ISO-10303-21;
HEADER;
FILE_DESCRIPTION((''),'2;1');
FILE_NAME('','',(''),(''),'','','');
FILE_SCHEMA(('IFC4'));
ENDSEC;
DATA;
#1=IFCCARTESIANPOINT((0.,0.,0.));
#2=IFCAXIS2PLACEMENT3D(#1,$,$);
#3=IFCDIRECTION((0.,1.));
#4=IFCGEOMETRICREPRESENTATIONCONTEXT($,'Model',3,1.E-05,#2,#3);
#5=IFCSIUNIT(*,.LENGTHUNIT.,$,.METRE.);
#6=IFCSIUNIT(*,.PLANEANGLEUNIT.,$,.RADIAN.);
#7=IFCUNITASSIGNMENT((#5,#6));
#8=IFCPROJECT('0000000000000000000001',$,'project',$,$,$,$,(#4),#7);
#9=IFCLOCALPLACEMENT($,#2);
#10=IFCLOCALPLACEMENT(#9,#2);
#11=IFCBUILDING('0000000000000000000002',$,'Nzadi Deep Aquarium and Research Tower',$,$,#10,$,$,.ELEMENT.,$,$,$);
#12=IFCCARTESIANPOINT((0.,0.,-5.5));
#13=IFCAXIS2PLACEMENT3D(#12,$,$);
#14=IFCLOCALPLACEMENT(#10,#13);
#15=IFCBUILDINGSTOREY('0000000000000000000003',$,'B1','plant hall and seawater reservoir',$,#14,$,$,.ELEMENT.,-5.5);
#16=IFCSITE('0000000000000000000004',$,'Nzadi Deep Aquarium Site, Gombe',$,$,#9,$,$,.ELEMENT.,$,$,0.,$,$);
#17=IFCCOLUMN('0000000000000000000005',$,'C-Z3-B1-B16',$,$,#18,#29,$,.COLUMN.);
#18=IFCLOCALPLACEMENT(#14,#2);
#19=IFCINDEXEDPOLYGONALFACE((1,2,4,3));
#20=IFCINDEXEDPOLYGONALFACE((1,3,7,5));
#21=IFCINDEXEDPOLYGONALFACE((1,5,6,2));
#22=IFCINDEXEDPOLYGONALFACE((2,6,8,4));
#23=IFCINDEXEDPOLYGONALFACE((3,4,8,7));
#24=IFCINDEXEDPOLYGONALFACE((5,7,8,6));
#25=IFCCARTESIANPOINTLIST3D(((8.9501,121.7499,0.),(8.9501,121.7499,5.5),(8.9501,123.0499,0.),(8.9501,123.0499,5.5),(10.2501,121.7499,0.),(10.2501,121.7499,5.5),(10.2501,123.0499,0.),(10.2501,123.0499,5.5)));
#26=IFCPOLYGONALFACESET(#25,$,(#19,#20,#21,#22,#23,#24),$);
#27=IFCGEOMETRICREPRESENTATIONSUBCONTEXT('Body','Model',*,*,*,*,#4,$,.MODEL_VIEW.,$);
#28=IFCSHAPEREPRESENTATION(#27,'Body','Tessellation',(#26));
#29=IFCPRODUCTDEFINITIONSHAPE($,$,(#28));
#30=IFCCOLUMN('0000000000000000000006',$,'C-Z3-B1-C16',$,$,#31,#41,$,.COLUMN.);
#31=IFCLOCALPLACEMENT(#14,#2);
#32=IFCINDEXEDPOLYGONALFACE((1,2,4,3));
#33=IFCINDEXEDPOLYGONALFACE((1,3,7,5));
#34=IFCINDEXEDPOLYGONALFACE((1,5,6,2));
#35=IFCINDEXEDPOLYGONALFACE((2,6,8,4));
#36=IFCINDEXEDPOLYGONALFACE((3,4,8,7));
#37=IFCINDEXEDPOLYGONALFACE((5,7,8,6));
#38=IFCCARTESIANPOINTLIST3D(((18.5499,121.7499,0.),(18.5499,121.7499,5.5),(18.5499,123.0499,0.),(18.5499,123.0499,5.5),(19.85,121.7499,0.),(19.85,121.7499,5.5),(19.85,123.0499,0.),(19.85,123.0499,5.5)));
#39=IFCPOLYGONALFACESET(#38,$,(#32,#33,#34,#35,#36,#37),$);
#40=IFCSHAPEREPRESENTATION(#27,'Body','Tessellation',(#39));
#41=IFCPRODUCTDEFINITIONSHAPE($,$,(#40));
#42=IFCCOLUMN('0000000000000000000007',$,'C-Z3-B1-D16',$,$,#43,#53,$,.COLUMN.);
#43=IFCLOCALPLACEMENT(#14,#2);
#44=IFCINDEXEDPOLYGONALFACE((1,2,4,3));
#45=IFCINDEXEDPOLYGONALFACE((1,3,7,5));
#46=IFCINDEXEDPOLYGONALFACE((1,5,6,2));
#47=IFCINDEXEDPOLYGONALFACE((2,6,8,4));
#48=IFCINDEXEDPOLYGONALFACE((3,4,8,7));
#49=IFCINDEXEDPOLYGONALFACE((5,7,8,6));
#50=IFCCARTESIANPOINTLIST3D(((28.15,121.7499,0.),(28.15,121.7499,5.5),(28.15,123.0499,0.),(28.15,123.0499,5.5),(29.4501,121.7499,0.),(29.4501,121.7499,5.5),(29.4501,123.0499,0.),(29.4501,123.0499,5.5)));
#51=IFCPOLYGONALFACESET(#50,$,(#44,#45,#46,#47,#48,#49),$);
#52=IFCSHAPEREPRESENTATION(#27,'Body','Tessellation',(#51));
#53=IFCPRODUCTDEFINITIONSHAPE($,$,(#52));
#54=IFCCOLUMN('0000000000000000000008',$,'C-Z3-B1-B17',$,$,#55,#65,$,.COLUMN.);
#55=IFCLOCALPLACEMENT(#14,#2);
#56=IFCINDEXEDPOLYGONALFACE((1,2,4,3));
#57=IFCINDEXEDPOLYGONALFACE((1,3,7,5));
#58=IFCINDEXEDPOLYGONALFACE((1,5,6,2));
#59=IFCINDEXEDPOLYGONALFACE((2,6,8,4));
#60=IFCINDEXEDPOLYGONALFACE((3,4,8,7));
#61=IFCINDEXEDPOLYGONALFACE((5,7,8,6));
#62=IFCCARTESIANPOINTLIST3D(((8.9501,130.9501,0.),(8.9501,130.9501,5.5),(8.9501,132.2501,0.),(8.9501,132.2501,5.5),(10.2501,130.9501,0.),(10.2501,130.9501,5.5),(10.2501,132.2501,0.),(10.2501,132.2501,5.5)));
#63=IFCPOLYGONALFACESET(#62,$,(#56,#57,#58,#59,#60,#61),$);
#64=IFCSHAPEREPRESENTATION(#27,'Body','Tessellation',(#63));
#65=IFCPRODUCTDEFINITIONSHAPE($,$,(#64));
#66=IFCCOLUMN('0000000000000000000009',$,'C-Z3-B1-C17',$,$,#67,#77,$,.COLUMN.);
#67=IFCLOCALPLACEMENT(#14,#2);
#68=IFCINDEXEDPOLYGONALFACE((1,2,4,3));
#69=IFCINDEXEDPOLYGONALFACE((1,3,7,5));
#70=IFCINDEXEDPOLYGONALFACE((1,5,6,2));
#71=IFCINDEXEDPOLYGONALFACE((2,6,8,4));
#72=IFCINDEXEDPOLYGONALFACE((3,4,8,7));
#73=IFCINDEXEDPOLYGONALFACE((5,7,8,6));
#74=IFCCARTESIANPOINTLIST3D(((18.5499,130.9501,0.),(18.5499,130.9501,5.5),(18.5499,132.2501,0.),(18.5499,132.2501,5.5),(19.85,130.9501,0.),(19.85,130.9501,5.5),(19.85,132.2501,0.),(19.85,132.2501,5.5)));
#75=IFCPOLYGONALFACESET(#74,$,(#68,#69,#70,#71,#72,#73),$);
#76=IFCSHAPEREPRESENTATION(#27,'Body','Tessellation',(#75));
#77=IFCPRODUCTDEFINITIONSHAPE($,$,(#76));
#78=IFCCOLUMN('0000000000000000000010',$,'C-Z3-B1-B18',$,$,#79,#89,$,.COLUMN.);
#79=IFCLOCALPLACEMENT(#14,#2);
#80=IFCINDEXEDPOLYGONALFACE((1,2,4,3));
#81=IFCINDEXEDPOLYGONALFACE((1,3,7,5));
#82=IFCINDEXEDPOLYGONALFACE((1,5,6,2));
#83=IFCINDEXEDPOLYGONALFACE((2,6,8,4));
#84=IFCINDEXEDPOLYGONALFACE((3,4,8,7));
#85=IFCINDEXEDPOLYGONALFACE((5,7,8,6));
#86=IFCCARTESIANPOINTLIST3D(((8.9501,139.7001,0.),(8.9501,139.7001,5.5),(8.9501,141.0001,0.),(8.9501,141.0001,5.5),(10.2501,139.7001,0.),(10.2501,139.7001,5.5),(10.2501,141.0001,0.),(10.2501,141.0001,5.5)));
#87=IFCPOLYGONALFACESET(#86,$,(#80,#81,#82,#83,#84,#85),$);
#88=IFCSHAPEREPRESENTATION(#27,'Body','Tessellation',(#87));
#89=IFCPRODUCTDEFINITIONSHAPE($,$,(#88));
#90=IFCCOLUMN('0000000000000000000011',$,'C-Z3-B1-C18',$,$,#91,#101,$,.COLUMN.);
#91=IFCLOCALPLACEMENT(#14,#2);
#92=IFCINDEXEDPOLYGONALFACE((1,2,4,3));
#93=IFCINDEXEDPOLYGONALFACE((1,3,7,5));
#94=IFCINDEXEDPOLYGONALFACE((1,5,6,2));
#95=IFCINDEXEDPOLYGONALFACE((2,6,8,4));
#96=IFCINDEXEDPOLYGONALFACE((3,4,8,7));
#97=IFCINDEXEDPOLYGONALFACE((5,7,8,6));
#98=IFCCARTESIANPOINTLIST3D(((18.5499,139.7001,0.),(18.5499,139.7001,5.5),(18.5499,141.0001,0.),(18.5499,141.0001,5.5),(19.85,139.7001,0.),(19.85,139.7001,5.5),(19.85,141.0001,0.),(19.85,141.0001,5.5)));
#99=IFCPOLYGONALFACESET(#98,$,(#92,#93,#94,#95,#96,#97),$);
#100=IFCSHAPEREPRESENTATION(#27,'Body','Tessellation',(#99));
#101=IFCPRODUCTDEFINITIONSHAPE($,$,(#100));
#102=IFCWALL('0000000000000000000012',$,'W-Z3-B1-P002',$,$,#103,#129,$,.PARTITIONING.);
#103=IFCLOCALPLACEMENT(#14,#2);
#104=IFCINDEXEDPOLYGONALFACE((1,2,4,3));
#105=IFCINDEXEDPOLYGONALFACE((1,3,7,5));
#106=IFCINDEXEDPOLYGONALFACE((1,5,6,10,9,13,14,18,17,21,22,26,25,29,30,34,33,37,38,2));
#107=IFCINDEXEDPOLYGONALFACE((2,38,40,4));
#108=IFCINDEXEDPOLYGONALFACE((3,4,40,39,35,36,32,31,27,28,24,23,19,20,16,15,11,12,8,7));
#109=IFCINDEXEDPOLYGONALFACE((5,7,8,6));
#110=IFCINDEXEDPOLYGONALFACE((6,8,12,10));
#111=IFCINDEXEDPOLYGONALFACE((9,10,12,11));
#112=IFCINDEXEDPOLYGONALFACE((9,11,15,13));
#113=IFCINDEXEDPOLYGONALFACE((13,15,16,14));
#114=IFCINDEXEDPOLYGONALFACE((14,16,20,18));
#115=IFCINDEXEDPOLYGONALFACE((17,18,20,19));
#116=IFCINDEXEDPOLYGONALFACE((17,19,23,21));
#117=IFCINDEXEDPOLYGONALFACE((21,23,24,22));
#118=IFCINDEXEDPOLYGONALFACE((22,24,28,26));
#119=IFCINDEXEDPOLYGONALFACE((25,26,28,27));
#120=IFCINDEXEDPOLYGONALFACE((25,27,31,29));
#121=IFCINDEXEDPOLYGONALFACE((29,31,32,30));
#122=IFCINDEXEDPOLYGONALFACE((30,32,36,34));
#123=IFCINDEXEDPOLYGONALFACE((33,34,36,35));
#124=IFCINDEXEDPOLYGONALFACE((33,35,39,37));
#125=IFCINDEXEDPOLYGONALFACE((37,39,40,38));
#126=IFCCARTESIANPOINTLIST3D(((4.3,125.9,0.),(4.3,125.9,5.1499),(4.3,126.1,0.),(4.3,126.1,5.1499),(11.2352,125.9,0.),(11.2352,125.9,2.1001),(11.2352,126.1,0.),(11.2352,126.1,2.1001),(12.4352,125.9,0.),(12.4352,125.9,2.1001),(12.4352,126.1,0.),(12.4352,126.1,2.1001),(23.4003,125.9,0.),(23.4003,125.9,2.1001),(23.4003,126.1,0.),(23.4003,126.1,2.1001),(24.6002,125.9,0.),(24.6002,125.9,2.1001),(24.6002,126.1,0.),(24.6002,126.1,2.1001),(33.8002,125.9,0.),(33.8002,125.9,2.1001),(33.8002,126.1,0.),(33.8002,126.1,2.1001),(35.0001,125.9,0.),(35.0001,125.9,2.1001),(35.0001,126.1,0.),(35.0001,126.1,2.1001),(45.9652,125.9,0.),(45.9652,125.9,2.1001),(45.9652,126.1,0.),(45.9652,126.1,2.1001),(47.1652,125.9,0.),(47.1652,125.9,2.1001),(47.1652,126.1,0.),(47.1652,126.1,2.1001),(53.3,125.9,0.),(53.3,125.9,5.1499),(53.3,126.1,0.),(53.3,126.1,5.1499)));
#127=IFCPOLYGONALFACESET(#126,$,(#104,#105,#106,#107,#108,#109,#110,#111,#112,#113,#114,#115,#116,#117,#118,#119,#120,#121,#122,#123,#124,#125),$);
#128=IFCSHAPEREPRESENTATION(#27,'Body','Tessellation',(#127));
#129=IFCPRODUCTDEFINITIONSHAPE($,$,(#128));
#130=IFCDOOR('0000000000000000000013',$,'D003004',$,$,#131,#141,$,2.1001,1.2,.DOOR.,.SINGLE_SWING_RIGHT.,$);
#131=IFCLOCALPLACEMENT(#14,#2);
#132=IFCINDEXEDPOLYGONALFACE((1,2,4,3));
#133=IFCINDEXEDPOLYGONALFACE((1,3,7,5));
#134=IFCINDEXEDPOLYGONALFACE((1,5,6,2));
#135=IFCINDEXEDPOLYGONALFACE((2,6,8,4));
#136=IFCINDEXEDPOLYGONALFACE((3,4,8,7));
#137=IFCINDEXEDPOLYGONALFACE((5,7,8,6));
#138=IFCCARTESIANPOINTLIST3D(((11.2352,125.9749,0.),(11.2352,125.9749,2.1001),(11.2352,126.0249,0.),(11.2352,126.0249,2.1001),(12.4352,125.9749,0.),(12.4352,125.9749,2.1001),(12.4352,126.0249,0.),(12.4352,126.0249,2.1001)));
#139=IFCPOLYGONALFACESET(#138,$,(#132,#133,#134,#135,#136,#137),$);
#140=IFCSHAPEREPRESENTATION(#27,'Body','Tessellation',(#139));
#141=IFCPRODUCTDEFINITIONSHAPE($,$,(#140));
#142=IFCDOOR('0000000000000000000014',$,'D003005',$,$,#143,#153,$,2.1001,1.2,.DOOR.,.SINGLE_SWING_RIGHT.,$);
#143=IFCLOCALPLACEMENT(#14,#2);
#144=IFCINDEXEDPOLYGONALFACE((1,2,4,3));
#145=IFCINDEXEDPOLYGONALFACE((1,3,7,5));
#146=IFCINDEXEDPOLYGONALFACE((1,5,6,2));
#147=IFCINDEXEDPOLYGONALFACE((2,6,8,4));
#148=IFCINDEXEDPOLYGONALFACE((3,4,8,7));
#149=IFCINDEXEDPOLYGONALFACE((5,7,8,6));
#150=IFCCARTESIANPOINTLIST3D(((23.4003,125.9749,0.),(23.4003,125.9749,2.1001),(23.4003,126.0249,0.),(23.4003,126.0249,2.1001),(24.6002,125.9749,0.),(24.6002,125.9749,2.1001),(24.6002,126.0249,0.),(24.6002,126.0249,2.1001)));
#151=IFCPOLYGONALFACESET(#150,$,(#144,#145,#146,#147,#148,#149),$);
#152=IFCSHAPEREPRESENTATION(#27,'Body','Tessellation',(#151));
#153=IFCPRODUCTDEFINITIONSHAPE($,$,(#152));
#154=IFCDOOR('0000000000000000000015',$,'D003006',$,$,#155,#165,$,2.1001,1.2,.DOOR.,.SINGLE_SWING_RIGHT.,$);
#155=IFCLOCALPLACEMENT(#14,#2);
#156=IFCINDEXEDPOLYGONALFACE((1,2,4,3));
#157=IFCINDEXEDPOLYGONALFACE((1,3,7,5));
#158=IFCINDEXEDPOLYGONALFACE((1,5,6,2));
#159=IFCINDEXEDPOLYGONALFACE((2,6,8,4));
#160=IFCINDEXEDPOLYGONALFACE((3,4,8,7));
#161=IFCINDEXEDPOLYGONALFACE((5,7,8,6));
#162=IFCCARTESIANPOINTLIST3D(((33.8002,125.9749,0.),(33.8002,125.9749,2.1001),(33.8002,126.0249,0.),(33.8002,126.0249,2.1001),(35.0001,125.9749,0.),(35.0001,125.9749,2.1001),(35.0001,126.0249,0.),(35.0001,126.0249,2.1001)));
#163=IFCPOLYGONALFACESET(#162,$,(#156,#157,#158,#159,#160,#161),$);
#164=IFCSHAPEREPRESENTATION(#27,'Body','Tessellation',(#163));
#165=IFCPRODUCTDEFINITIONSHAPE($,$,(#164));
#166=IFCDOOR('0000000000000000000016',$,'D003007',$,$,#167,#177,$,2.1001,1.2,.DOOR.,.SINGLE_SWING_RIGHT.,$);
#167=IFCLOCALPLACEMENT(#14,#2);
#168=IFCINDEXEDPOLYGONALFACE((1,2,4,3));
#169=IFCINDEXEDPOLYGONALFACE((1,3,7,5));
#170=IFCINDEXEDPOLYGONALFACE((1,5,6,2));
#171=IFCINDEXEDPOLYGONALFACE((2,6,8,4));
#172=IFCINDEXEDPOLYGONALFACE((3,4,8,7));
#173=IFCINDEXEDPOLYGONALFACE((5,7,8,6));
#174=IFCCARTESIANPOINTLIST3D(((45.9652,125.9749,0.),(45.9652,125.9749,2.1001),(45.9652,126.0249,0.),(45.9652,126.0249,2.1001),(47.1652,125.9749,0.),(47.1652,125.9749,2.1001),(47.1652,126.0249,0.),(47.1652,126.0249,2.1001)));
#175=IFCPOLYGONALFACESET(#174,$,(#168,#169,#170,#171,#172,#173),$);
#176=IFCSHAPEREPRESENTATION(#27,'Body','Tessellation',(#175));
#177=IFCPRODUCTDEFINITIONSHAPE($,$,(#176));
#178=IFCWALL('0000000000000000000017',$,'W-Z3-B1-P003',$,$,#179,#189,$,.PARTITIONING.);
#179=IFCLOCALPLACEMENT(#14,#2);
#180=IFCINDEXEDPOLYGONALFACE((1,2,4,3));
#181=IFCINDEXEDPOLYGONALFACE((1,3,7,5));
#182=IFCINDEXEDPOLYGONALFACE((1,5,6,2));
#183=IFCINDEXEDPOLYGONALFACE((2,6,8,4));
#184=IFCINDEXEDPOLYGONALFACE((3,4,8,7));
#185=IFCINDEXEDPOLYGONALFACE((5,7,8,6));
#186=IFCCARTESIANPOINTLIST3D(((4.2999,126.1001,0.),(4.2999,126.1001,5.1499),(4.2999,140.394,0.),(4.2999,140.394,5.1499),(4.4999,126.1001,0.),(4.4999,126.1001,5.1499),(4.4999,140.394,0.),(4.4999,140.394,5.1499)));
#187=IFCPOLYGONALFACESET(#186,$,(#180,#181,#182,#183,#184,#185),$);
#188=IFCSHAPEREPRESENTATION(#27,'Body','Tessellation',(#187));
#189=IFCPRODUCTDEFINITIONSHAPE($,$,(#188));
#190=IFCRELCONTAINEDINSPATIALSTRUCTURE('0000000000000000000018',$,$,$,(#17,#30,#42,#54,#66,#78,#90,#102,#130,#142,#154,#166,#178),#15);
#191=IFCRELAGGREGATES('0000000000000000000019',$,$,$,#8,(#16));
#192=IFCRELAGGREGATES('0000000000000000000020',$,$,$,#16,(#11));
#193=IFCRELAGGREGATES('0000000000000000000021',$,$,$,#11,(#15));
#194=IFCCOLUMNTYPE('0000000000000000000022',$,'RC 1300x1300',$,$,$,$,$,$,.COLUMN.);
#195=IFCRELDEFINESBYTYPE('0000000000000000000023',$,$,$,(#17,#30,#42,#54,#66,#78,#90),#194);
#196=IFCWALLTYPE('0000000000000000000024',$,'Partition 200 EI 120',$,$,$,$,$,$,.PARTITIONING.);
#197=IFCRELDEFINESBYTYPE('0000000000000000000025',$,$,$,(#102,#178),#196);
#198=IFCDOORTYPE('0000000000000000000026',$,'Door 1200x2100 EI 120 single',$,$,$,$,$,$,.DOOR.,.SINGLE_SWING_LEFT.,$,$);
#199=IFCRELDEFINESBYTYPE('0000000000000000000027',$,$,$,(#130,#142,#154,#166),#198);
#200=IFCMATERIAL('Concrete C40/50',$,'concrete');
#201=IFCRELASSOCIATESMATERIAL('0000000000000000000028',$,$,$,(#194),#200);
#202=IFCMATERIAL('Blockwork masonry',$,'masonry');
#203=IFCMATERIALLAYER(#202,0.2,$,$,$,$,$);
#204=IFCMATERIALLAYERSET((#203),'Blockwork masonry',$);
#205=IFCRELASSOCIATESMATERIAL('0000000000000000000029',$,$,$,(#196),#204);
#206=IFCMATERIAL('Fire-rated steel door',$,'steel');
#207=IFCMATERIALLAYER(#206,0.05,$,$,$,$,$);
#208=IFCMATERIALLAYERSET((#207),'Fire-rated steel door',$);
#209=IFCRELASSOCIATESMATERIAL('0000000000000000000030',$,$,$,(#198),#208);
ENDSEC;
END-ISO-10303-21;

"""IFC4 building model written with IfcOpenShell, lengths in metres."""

from ifc_helpers import new_model, si_unit, direction, frame, frame_2d, origin, origin_2d, place, context, subcontext, project, spatial, rectangle, extrude, material, layer, layer_set, material_profile, profile_set, type_object, element, fill, save


model = new_model("IFC4")

# Units and contexts
model_context = context("Model", 3, precision=1e-05, world=origin(), true_north=direction((0.0, 1.0)))
body_context = subcontext(model_context, "Body", "Model", "MODEL_VIEW")
ifc_project = project(units=[si_unit("LENGTHUNIT", "METRE"), si_unit("PLANEANGLEUNIT", "RADIAN")], contexts=[model_context])

# Site, building, storey
site_placement = place(None, origin())
site = spatial("IfcSite", under=ifc_project, at=site_placement, Name="Nzadi Deep Aquarium Site, Gombe", CompositionType="ELEMENT", RefElevation=0.0)
building_placement = place(site_placement, origin())
building = spatial("IfcBuilding", under=site, at=building_placement, Name="Nzadi Deep Aquarium and Research Tower", CompositionType="ELEMENT")
storey_placement = place(building_placement, frame((0.0, 0.0, -5.5)))
storey = spatial("IfcBuildingStorey", under=building, at=storey_placement, Name="B1", Description="plant hall and seawater reservoir", CompositionType="ELEMENT", Elevation=-5.5)

# Columns
ifc_material_1 = material(Name="Concrete C40/50", Category="concrete")
ifc_material_profile_1 = material_profile(ifc_material_1, rectangle(XDim=1.3, YDim=1.3, at=origin_2d()))
ifc_profile_set_1 = profile_set([ifc_material_profile_1], Name="Concrete C40/50")
column_type = type_object("IfcColumnType", Name="RC 1300x1300", PredefinedType="COLUMN", material=ifc_profile_set_1)
for number, where, z_axis, x_axis, name in (
    (1, (9.6001, 122.3999, 0.0), (0.0, 0.0, 1.0), (1.0, 0.0, 0.0), "C-Z3-B1-B16"),
    (2, (19.2, 122.3999, 0.0), (0.0, 0.0, 1.0), (1.0, 0.0, 0.0), "C-Z3-B1-C16"),
    (3, (28.8, 122.3999, 0.0), (0.0, 0.0, 1.0), (1.0, 0.0, 0.0), "C-Z3-B1-D16"),
    (4, (9.6001, 131.6001, 0.0), (0.0, 0.0, 1.0), (1.0, 0.0, 0.0), "C-Z3-B1-B17"),
    (5, (19.2, 131.6001, 0.0), (0.0, 0.0, 1.0), (1.0, 0.0, 0.0), "C-Z3-B1-C17"),
    (6, (9.6001, 140.3501, 0.0), (0.0, 0.0, 1.0), (1.0, 0.0, 0.0), "C-Z3-B1-B18"),
    (7, (19.2, 140.3501, 0.0), (0.0, 0.0, 1.0), (1.0, 0.0, 0.0), "C-Z3-B1-C18"),
):
    element("IfcColumn", number, at=place(storey_placement, frame(where, z_axis=z_axis, x_axis=x_axis)), inside=storey, type_object=column_type, Name=name, PredefinedType="COLUMN", context=body_context, shape_type="SweptSolid", body=[
        extrude(rectangle(XDim=1.3, YDim=1.3, at=origin_2d()), origin(), (0.0, 0.0, 1.0), 5.5),
    ])

# Wall, openings, doors
ifc_material_2 = material(Name="Blockwork masonry", Category="masonry")
ifc_layer_1 = layer(ifc_material_2, 0.2)
ifc_layer_set_1 = layer_set([ifc_layer_1], Name="Blockwork masonry")
wall_type_1 = type_object("IfcWallType", Name="Partition 200 EI 120", PredefinedType="PARTITIONING", material=ifc_layer_set_1)
wall_1_placement = place(storey_placement, frame((4.3, 126.0, 0.0), z_axis=(0.0, 0.0, 1.0), x_axis=(1.0, 0.0, 0.0)))
wall_1 = element("IfcWall", 8, at=wall_1_placement, inside=storey, type_object=wall_type_1, Name="W-Z3-B1-P002", PredefinedType="PARTITIONING", context=body_context, shape_type="SweptSolid", body=[
    extrude(rectangle(XDim=49.0, YDim=0.2, at=frame_2d((24.5, 0.0))), origin(), (0.0, 0.0, 1.0), 5.1499),
])
opening_1_placement = place(wall_1_placement, frame((6.9351, 0.0, 0.0)))
opening_1 = element("IfcOpeningElement", 9, at=opening_1_placement, cuts=wall_1, PredefinedType="OPENING", context=body_context, shape_type="SweptSolid", body=[
    extrude(rectangle(XDim=1.2, YDim=2.1001, at=frame_2d((0.6001, 1.05))), frame((0.0, 0.1101, 0.0), z_axis=(0.0, -1.0, 0.0), x_axis=(1.0, 0.0, 0.0)), (0.0, 0.0, 1.0), 0.2202),
])
opening_2_placement = place(wall_1_placement, frame((19.1001, 0.0, 0.0)))
opening_2 = element("IfcOpeningElement", 10, at=opening_2_placement, cuts=wall_1, PredefinedType="OPENING", context=body_context, shape_type="SweptSolid", body=[
    extrude(rectangle(XDim=1.2, YDim=2.1001, at=frame_2d((0.6001, 1.05))), frame((0.0, 0.1101, 0.0), z_axis=(0.0, -1.0, 0.0), x_axis=(1.0, 0.0, 0.0)), (0.0, 0.0, 1.0), 0.2202),
])
opening_3_placement = place(wall_1_placement, frame((29.5, 0.0, 0.0)))
opening_3 = element("IfcOpeningElement", 11, at=opening_3_placement, cuts=wall_1, PredefinedType="OPENING", context=body_context, shape_type="SweptSolid", body=[
    extrude(rectangle(XDim=1.2, YDim=2.1001, at=frame_2d((0.6001, 1.05))), frame((0.0, 0.1101, 0.0), z_axis=(0.0, -1.0, 0.0), x_axis=(1.0, 0.0, 0.0)), (0.0, 0.0, 1.0), 0.2202),
])
opening_4_placement = place(wall_1_placement, frame((41.665, 0.0, 0.0)))
opening_4 = element("IfcOpeningElement", 12, at=opening_4_placement, cuts=wall_1, PredefinedType="OPENING", context=body_context, shape_type="SweptSolid", body=[
    extrude(rectangle(XDim=1.2, YDim=2.1001, at=frame_2d((0.6001, 1.05))), frame((0.0, 0.1101, 0.0), z_axis=(0.0, -1.0, 0.0), x_axis=(1.0, 0.0, 0.0)), (0.0, 0.0, 1.0), 0.2202),
])
ifc_material_3 = material(Name="Fire-rated steel door", Category="steel")
ifc_layer_2 = layer(ifc_material_3, 0.05)
ifc_layer_set_2 = layer_set([ifc_layer_2], Name="Fire-rated steel door")
door_type = type_object("IfcDoorType", Name="Door 1200x2100 EI 120 single", OperationType="SINGLE_SWING_LEFT", PredefinedType="DOOR", material=ifc_layer_set_2)
door_1_placement = place(opening_1_placement, origin())
door_1 = element("IfcDoor", 13, at=door_1_placement, inside=storey, type_object=door_type, Name="D003004", OperationType="SINGLE_SWING_RIGHT", OverallHeight=2.1001, OverallWidth=1.2, PredefinedType="DOOR", context=body_context, shape_type="SweptSolid", body=[
    extrude(rectangle(XDim=1.2, YDim=2.1001, at=frame_2d((0.6001, 1.05))), frame((0.0, 0.0249, 0.0), z_axis=(0.0, -1.0, 0.0), x_axis=(1.0, 0.0, 0.0)), (0.0, 0.0, 1.0), 0.05),
])
fill(opening_1, door_1)
door_2_placement = place(opening_2_placement, origin())
door_2 = element("IfcDoor", 14, at=door_2_placement, inside=storey, type_object=door_type, Name="D003005", OperationType="SINGLE_SWING_RIGHT", OverallHeight=2.1001, OverallWidth=1.2, PredefinedType="DOOR", context=body_context, shape_type="SweptSolid", body=[
    extrude(rectangle(XDim=1.2, YDim=2.1001, at=frame_2d((0.6001, 1.05))), frame((0.0, 0.0249, 0.0), z_axis=(0.0, -1.0, 0.0), x_axis=(1.0, 0.0, 0.0)), (0.0, 0.0, 1.0), 0.05),
])
fill(opening_2, door_2)
door_3_placement = place(opening_3_placement, origin())
door_3 = element("IfcDoor", 15, at=door_3_placement, inside=storey, type_object=door_type, Name="D003006", OperationType="SINGLE_SWING_RIGHT", OverallHeight=2.1001, OverallWidth=1.2, PredefinedType="DOOR", context=body_context, shape_type="SweptSolid", body=[
    extrude(rectangle(XDim=1.2, YDim=2.1001, at=frame_2d((0.6001, 1.05))), frame((0.0, 0.0249, 0.0), z_axis=(0.0, -1.0, 0.0), x_axis=(1.0, 0.0, 0.0)), (0.0, 0.0, 1.0), 0.05),
])
fill(opening_3, door_3)
door_4_placement = place(opening_4_placement, origin())
door_4 = element("IfcDoor", 16, at=door_4_placement, inside=storey, type_object=door_type, Name="D003007", OperationType="SINGLE_SWING_RIGHT", OverallHeight=2.1001, OverallWidth=1.2, PredefinedType="DOOR", context=body_context, shape_type="SweptSolid", body=[
    extrude(rectangle(XDim=1.2, YDim=2.1001, at=frame_2d((0.6001, 1.05))), frame((0.0, 0.0249, 0.0), z_axis=(0.0, -1.0, 0.0), x_axis=(1.0, 0.0, 0.0)), (0.0, 0.0, 1.0), 0.05),
])
fill(opening_4, door_4)

# Wall
wall_2_placement = place(storey_placement, frame((4.3999, 126.1001, 0.0), z_axis=(0.0, 0.0, 1.0), x_axis=(0.0, 1.0, 0.0)))
element("IfcWall", 17, at=wall_2_placement, inside=storey, type_object=wall_type_1, Name="W-Z3-B1-P003", PredefinedType="PARTITIONING", context=body_context, shape_type="SweptSolid", body=[
    extrude(rectangle(XDim=14.2939, YDim=0.2, at=frame_2d((7.147, 0.0))), origin(), (0.0, 0.0, 1.0), 5.1499),
])

save(model, "model.ifc")
